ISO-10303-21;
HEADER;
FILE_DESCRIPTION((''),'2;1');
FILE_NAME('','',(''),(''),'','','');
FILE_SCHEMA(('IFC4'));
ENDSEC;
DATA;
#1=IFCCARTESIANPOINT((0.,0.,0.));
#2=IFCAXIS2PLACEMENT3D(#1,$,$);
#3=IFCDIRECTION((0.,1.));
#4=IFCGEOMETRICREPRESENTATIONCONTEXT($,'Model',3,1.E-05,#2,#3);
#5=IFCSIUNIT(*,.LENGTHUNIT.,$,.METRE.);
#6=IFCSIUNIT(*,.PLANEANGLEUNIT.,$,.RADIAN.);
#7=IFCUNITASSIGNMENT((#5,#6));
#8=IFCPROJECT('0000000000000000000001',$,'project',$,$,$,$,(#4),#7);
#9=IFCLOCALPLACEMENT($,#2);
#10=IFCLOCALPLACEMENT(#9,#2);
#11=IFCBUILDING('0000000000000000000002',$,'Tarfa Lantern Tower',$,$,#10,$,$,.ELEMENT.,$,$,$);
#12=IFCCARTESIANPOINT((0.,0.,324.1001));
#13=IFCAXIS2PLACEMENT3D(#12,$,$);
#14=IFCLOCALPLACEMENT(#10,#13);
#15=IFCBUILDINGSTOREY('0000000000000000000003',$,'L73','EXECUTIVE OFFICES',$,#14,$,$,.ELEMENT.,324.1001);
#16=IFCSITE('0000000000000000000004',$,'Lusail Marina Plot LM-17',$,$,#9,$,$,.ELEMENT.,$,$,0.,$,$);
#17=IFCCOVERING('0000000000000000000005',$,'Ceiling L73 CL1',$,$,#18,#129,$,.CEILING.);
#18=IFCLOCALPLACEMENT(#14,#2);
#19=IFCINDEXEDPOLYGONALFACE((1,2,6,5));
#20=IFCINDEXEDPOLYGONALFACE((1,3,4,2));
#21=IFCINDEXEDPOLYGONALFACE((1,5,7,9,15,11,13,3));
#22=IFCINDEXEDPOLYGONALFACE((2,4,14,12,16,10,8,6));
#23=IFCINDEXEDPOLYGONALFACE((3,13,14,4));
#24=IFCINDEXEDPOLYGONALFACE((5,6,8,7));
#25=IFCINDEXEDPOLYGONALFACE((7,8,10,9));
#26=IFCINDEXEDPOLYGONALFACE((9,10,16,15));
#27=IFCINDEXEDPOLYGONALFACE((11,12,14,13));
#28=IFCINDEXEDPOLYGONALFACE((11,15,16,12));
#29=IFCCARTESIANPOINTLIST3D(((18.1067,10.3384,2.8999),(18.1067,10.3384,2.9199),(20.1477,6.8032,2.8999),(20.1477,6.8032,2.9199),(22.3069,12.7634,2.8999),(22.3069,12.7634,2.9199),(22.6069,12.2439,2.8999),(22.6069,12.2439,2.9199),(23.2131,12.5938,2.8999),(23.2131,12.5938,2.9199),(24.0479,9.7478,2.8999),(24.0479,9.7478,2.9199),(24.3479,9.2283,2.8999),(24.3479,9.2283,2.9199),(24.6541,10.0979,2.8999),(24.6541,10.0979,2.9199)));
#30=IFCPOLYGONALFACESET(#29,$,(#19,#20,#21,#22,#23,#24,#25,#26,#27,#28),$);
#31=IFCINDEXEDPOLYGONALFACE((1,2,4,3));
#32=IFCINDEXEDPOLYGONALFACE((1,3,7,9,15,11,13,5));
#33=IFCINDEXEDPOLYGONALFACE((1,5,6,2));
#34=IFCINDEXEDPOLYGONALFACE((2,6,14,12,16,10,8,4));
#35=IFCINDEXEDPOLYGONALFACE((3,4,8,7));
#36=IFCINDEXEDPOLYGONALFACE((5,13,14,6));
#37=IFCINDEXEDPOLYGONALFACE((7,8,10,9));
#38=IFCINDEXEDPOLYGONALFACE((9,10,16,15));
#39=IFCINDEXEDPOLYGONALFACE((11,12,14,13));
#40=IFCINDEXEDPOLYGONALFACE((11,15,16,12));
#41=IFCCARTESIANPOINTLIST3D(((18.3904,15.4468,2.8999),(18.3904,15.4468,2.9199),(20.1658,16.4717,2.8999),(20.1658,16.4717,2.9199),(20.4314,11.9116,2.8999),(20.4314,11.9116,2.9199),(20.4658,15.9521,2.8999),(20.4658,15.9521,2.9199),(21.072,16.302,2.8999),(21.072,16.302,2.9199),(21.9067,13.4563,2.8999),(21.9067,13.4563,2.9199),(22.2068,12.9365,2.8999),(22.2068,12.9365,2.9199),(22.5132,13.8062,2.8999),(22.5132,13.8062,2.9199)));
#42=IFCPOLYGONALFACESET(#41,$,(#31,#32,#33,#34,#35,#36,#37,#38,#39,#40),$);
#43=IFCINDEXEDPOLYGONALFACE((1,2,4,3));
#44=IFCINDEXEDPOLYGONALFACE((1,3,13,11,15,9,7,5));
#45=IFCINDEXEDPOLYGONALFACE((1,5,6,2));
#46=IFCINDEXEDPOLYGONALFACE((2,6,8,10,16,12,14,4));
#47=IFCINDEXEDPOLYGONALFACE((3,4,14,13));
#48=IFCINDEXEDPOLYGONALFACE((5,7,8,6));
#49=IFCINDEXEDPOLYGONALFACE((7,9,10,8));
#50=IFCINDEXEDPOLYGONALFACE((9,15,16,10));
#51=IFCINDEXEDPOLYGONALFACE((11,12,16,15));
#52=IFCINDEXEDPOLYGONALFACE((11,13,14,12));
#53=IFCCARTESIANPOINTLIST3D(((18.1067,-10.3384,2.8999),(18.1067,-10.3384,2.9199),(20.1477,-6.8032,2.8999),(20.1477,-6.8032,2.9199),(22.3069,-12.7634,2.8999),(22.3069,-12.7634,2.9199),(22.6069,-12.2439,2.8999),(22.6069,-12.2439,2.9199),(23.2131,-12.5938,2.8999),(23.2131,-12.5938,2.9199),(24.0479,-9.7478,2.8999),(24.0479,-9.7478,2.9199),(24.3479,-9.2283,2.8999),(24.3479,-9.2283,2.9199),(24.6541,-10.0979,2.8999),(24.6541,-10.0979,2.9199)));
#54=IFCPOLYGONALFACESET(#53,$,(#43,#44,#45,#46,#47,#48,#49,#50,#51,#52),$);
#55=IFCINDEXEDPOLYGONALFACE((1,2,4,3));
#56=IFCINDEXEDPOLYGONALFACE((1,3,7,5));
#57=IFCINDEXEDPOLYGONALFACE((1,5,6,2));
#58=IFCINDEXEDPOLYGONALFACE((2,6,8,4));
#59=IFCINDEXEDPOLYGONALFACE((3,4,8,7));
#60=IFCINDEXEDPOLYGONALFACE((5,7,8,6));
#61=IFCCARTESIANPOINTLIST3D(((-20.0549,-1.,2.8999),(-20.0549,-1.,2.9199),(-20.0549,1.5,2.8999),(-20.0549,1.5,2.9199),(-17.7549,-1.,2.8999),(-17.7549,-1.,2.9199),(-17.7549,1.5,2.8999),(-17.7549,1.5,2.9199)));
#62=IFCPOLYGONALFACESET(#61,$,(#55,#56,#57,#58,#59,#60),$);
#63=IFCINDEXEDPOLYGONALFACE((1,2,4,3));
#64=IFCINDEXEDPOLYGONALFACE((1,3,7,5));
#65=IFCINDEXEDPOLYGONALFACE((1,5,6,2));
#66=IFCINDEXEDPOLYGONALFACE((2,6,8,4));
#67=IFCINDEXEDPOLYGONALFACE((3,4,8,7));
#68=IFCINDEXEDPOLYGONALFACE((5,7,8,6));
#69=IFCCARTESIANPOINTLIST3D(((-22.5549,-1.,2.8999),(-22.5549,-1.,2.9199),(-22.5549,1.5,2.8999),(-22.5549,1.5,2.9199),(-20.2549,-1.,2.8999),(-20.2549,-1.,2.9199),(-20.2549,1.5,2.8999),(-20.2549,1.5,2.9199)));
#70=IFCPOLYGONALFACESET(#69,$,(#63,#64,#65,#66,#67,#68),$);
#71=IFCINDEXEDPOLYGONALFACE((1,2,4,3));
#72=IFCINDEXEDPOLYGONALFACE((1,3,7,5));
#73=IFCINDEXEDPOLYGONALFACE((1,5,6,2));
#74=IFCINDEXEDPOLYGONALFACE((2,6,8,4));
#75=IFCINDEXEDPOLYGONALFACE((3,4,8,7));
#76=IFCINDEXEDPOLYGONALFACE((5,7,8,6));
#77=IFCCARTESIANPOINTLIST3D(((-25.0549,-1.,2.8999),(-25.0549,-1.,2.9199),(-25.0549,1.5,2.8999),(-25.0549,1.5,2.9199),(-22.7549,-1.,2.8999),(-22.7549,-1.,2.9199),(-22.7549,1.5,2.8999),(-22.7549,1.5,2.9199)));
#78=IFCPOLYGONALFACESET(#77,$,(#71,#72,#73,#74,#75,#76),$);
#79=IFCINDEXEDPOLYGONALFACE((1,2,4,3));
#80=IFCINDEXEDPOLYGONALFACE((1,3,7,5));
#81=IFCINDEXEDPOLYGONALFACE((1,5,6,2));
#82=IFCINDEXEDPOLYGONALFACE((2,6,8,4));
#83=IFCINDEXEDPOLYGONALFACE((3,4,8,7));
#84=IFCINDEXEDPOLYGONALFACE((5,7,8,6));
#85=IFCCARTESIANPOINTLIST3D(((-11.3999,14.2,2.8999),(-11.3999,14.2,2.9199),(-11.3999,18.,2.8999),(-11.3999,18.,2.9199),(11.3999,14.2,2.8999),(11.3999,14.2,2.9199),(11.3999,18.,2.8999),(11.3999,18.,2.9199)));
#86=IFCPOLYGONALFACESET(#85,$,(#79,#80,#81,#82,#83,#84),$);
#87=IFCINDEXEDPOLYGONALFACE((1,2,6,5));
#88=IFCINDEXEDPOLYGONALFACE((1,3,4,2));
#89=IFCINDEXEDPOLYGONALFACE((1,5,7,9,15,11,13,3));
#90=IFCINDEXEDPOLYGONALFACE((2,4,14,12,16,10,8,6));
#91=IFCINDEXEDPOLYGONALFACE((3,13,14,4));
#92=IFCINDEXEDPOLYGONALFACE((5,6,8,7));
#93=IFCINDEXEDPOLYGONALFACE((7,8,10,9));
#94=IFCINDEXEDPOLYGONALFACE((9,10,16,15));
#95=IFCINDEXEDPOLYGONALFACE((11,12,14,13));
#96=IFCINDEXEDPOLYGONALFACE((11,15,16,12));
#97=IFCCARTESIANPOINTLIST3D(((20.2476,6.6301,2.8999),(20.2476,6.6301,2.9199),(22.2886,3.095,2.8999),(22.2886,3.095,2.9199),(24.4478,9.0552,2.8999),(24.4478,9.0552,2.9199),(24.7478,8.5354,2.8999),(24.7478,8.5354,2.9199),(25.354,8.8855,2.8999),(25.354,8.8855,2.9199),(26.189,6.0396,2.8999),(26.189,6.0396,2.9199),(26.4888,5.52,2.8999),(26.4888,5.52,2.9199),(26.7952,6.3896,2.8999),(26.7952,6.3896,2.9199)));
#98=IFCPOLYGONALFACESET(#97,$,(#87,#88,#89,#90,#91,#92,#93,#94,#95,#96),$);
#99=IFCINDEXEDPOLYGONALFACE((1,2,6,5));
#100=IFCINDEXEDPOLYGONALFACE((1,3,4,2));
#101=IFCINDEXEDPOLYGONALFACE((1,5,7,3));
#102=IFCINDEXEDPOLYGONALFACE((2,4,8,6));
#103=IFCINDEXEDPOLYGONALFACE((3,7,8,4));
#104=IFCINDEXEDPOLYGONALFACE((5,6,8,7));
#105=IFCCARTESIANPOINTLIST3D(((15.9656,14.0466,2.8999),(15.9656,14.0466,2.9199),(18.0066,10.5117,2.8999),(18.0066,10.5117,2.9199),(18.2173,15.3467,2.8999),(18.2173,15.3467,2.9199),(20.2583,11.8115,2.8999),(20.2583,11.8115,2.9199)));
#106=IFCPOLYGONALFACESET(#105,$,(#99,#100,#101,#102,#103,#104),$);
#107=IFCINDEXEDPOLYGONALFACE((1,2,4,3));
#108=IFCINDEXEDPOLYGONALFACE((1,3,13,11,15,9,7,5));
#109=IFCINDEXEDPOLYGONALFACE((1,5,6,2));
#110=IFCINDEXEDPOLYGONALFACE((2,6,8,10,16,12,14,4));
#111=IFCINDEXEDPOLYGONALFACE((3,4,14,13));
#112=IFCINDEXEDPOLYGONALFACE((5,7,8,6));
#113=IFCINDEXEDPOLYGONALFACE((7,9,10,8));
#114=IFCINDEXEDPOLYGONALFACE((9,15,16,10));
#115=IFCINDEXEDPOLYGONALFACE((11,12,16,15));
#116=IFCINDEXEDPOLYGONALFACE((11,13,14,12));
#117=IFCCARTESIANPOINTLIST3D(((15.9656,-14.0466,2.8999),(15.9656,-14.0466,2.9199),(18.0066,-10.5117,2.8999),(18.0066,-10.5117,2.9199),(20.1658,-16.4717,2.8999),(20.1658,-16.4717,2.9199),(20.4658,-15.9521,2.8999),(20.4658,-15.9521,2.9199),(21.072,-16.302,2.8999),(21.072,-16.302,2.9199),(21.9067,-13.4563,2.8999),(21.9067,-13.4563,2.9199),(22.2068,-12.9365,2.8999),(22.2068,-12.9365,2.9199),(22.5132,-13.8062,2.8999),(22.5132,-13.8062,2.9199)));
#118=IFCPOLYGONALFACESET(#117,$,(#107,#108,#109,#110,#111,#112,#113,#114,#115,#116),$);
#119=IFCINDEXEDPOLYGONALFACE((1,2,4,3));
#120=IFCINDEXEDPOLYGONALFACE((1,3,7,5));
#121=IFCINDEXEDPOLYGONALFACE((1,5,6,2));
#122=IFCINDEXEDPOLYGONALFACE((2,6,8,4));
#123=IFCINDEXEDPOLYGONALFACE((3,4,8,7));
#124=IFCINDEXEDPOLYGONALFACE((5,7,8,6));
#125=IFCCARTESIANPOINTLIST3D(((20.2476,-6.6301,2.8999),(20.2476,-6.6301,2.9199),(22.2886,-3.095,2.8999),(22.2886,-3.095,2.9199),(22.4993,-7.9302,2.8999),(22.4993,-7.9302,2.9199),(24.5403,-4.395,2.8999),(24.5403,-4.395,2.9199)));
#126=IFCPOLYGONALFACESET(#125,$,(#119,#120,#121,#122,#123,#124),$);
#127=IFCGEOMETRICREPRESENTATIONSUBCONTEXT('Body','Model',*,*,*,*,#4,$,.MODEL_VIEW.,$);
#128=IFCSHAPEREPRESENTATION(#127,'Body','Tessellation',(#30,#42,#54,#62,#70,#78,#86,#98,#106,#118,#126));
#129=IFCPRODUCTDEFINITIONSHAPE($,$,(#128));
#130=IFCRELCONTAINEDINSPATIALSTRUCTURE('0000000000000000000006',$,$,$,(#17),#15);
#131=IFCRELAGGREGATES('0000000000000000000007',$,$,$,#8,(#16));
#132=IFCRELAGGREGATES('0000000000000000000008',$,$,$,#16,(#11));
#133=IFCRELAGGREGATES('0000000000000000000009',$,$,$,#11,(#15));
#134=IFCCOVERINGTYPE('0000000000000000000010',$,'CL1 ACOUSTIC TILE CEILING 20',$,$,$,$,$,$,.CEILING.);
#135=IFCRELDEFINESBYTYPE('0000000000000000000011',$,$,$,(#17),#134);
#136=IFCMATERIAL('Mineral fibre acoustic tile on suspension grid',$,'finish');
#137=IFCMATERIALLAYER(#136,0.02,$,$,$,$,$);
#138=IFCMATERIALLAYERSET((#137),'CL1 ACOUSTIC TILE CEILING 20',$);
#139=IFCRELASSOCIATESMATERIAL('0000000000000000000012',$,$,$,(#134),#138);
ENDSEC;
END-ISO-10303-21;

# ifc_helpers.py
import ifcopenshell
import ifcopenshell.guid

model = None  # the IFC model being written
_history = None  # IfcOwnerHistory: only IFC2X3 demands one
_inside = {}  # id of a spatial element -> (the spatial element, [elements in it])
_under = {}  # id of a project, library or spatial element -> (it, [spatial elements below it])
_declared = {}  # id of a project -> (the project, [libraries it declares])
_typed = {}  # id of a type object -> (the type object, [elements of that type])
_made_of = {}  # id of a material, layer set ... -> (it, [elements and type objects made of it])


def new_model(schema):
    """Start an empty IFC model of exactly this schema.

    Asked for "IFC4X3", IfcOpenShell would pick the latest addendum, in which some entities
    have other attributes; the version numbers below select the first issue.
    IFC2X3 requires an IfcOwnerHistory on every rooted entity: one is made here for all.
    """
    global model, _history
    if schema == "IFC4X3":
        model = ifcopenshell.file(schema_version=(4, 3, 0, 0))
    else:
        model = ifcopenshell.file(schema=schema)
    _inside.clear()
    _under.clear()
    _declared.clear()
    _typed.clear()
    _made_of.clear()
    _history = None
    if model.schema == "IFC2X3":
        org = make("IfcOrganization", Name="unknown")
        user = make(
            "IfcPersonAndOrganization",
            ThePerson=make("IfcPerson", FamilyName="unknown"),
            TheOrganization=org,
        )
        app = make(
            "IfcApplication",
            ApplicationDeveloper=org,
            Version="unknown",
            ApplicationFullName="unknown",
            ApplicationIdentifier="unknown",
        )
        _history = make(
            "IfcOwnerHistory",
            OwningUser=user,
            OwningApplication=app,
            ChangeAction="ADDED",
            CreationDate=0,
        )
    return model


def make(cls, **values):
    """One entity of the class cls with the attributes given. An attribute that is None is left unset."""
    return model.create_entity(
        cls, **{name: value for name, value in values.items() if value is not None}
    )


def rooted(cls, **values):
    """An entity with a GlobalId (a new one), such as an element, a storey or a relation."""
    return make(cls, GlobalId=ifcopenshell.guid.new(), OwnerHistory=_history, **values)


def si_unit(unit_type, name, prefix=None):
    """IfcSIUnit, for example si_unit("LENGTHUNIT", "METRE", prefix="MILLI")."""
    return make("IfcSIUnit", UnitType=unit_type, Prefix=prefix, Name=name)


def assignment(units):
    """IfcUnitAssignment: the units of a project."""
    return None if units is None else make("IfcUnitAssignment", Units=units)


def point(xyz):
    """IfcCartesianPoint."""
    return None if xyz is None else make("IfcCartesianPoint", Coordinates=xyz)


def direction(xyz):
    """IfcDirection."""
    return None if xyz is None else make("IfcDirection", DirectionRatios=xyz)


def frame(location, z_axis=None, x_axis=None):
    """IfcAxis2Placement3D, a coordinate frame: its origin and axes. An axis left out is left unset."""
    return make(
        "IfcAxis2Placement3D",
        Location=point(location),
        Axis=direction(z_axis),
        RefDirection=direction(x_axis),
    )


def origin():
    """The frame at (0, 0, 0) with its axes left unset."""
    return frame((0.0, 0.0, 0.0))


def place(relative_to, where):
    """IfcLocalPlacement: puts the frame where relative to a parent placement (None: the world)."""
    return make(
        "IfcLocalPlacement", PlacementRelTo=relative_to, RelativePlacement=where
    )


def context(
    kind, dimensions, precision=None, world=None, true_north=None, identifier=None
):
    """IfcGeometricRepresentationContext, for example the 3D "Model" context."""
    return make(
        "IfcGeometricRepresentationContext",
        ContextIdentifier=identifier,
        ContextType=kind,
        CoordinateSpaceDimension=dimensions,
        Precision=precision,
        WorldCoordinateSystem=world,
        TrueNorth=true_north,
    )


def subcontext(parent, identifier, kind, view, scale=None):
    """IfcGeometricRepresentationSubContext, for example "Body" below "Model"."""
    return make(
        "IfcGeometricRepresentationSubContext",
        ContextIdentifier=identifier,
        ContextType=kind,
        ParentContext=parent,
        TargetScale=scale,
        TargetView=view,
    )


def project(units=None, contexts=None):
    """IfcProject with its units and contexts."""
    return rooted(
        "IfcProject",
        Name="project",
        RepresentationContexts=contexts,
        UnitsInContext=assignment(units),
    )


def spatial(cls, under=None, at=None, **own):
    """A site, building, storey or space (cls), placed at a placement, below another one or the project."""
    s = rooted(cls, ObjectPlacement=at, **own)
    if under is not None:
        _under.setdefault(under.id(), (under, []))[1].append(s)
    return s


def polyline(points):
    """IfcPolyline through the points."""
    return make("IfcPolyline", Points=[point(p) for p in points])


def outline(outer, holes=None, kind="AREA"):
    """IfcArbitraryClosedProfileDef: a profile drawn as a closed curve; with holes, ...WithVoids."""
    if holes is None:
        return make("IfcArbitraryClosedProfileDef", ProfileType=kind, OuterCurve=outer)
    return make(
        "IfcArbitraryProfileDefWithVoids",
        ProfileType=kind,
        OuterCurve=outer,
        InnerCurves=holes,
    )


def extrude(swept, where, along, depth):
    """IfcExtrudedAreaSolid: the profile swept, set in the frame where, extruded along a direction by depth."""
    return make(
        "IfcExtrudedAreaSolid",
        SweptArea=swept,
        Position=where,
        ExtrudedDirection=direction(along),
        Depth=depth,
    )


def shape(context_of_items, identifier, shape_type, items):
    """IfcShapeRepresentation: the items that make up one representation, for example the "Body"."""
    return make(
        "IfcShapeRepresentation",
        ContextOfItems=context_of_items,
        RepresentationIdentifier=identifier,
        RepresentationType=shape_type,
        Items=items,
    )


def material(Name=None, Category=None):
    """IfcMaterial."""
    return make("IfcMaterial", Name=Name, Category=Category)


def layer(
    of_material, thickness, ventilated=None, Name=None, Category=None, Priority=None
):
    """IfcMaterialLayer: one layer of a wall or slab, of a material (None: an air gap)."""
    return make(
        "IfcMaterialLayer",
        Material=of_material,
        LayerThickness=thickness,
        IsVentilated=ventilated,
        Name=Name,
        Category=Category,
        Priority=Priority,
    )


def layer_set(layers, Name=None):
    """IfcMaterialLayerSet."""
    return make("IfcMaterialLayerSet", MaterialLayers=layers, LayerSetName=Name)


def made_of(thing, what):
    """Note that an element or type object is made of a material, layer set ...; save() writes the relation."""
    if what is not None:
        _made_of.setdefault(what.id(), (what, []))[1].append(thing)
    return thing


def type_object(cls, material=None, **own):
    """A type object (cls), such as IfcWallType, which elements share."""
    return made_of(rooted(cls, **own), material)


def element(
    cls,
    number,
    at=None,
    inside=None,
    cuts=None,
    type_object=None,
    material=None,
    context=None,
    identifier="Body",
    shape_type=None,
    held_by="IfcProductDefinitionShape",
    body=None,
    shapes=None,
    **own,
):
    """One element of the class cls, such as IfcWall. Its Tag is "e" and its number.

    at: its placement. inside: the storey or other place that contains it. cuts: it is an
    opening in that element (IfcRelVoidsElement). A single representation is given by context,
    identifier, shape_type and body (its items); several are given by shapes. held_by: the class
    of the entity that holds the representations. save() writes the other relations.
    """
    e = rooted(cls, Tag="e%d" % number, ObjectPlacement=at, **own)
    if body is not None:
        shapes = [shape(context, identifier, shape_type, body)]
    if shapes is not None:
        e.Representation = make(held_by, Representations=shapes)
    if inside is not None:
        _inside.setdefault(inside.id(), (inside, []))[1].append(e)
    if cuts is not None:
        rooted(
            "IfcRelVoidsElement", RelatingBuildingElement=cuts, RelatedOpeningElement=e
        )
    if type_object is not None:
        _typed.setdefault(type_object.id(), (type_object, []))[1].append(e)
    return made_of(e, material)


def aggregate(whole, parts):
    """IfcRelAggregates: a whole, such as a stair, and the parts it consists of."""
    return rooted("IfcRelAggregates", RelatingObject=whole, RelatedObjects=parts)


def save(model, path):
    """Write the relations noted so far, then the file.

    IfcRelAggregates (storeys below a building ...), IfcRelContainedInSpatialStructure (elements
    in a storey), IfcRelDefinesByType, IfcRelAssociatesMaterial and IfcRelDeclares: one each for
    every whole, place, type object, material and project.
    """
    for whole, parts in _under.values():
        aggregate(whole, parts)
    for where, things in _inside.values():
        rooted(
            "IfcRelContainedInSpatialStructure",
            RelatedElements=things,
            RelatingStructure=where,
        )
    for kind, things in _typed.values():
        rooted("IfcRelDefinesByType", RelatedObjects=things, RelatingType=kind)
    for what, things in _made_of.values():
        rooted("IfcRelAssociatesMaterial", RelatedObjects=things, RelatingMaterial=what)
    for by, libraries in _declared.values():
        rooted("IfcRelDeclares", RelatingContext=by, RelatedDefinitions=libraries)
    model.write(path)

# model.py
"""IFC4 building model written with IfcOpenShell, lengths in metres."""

from ifc_helpers import new_model, si_unit, direction, frame, origin, place, context, subcontext, project, spatial, polyline, outline, extrude, material, layer, layer_set, type_object, element, save


model = new_model("IFC4")

# Units and contexts
model_context = context("Model", 3, precision=1e-05, world=origin(), true_north=direction((0.0, 1.0)))
body_context = subcontext(model_context, "Body", "Model", "MODEL_VIEW")
ifc_project = project(units=[si_unit("LENGTHUNIT", "METRE"), si_unit("PLANEANGLEUNIT", "RADIAN")], contexts=[model_context])

# Site, building, storey
site_placement = place(None, origin())
site = spatial("IfcSite", under=ifc_project, at=site_placement, Name="Lusail Marina Plot LM-17", CompositionType="ELEMENT", RefElevation=0.0)
building_placement = place(site_placement, origin())
building = spatial("IfcBuilding", under=site, at=building_placement, Name="Tarfa Lantern Tower", CompositionType="ELEMENT")
storey_placement = place(building_placement, frame((0.0, 0.0, 324.1001)))
storey = spatial("IfcBuildingStorey", under=building, at=storey_placement, Name="L73", Description="EXECUTIVE OFFICES", CompositionType="ELEMENT", Elevation=324.1001)

# Covering
ifc_material_1 = material(Name="Mineral fibre acoustic tile on suspension grid", Category="finish")
ifc_layer_1 = layer(ifc_material_1, 0.02)
ifc_layer_set_1 = layer_set([ifc_layer_1], Name="CL1 ACOUSTIC TILE CEILING 20")
covering_type_1 = type_object("IfcCoveringType", Name="CL1 ACOUSTIC TILE CEILING 20", PredefinedType="CEILING", material=ifc_layer_set_1)
covering_1_placement = place(storey_placement, frame((0.0, 0.0, 2.8999)))
element("IfcCovering", 1, at=covering_1_placement, inside=storey, type_object=covering_type_1, Name="Ceiling L73 CL1", PredefinedType="CEILING", context=body_context, shape_type="SweptSolid", body=[
    extrude(outline(polyline([(18.1067, 10.3384), (22.3069, 12.7634), (22.6069, 12.2439), (23.2131, 12.5938), (24.6541, 10.0979), (24.0479, 9.7478), (24.3479, 9.2283), (20.1477, 6.8032), (18.1067, 10.3384)])), origin(), (0.0, 0.0, 1.0), 0.02),
    extrude(outline(polyline([(18.3904, 15.4468), (20.1658, 16.4717), (20.4658, 15.9521), (21.072, 16.302), (22.5132, 13.8062), (21.9067, 13.4563), (22.2068, 12.9365), (20.4314, 11.9116), (18.3904, 15.4468)])), origin(), (0.0, 0.0, 1.0), 0.02),
    extrude(outline(polyline([(20.1477, -6.8032), (24.3479, -9.2283), (24.0479, -9.7478), (24.6541, -10.0979), (23.2131, -12.5938), (22.6069, -12.2439), (22.3069, -12.7634), (18.1067, -10.3384), (20.1477, -6.8032)])), origin(), (0.0, 0.0, 1.0), 0.02),
    extrude(outline(polyline([(-20.0549, -1.0), (-20.0549, 1.5), (-17.7549, 1.5), (-17.7549, -1.0), (-20.0549, -1.0)])), origin(), (0.0, 0.0, 1.0), 0.02),
    extrude(outline(polyline([(-22.5549, -1.0), (-22.5549, 1.5), (-20.2549, 1.5), (-20.2549, -1.0), (-22.5549, -1.0)])), origin(), (0.0, 0.0, 1.0), 0.02),
    extrude(outline(polyline([(-25.0549, -1.0), (-25.0549, 1.5), (-22.7549, 1.5), (-22.7549, -1.0), (-25.0549, -1.0)])), origin(), (0.0, 0.0, 1.0), 0.02),
    extrude(outline(polyline([(-11.3999, 18.0), (11.3999, 18.0), (11.3999, 14.2), (-11.3999, 14.2), (-11.3999, 18.0)])), origin(), (0.0, 0.0, 1.0), 0.02),
    extrude(outline(polyline([(20.2476, 6.6301), (24.4478, 9.0552), (24.7478, 8.5354), (25.354, 8.8855), (26.7952, 6.3896), (26.189, 6.0396), (26.4888, 5.52), (22.2886, 3.095), (20.2476, 6.6301)])), origin(), (0.0, 0.0, 1.0), 0.02),
    extrude(outline(polyline([(15.9656, 14.0466), (18.2173, 15.3467), (20.2583, 11.8115), (18.0066, 10.5117), (15.9656, 14.0466)])), origin(), (0.0, 0.0, 1.0), 0.02),
    extrude(outline(polyline([(18.0066, -10.5117), (22.2068, -12.9365), (21.9067, -13.4563), (22.5132, -13.8062), (21.072, -16.302), (20.4658, -15.9521), (20.1658, -16.4717), (15.9656, -14.0466), (18.0066, -10.5117)])), origin(), (0.0, 0.0, 1.0), 0.02),
    extrude(outline(polyline([(22.2886, -3.095), (24.5403, -4.395), (22.4993, -7.9302), (20.2476, -6.6301), (22.2886, -3.095)])), origin(), (0.0, 0.0, 1.0), 0.02),
])

save(model, "model.ifc")
